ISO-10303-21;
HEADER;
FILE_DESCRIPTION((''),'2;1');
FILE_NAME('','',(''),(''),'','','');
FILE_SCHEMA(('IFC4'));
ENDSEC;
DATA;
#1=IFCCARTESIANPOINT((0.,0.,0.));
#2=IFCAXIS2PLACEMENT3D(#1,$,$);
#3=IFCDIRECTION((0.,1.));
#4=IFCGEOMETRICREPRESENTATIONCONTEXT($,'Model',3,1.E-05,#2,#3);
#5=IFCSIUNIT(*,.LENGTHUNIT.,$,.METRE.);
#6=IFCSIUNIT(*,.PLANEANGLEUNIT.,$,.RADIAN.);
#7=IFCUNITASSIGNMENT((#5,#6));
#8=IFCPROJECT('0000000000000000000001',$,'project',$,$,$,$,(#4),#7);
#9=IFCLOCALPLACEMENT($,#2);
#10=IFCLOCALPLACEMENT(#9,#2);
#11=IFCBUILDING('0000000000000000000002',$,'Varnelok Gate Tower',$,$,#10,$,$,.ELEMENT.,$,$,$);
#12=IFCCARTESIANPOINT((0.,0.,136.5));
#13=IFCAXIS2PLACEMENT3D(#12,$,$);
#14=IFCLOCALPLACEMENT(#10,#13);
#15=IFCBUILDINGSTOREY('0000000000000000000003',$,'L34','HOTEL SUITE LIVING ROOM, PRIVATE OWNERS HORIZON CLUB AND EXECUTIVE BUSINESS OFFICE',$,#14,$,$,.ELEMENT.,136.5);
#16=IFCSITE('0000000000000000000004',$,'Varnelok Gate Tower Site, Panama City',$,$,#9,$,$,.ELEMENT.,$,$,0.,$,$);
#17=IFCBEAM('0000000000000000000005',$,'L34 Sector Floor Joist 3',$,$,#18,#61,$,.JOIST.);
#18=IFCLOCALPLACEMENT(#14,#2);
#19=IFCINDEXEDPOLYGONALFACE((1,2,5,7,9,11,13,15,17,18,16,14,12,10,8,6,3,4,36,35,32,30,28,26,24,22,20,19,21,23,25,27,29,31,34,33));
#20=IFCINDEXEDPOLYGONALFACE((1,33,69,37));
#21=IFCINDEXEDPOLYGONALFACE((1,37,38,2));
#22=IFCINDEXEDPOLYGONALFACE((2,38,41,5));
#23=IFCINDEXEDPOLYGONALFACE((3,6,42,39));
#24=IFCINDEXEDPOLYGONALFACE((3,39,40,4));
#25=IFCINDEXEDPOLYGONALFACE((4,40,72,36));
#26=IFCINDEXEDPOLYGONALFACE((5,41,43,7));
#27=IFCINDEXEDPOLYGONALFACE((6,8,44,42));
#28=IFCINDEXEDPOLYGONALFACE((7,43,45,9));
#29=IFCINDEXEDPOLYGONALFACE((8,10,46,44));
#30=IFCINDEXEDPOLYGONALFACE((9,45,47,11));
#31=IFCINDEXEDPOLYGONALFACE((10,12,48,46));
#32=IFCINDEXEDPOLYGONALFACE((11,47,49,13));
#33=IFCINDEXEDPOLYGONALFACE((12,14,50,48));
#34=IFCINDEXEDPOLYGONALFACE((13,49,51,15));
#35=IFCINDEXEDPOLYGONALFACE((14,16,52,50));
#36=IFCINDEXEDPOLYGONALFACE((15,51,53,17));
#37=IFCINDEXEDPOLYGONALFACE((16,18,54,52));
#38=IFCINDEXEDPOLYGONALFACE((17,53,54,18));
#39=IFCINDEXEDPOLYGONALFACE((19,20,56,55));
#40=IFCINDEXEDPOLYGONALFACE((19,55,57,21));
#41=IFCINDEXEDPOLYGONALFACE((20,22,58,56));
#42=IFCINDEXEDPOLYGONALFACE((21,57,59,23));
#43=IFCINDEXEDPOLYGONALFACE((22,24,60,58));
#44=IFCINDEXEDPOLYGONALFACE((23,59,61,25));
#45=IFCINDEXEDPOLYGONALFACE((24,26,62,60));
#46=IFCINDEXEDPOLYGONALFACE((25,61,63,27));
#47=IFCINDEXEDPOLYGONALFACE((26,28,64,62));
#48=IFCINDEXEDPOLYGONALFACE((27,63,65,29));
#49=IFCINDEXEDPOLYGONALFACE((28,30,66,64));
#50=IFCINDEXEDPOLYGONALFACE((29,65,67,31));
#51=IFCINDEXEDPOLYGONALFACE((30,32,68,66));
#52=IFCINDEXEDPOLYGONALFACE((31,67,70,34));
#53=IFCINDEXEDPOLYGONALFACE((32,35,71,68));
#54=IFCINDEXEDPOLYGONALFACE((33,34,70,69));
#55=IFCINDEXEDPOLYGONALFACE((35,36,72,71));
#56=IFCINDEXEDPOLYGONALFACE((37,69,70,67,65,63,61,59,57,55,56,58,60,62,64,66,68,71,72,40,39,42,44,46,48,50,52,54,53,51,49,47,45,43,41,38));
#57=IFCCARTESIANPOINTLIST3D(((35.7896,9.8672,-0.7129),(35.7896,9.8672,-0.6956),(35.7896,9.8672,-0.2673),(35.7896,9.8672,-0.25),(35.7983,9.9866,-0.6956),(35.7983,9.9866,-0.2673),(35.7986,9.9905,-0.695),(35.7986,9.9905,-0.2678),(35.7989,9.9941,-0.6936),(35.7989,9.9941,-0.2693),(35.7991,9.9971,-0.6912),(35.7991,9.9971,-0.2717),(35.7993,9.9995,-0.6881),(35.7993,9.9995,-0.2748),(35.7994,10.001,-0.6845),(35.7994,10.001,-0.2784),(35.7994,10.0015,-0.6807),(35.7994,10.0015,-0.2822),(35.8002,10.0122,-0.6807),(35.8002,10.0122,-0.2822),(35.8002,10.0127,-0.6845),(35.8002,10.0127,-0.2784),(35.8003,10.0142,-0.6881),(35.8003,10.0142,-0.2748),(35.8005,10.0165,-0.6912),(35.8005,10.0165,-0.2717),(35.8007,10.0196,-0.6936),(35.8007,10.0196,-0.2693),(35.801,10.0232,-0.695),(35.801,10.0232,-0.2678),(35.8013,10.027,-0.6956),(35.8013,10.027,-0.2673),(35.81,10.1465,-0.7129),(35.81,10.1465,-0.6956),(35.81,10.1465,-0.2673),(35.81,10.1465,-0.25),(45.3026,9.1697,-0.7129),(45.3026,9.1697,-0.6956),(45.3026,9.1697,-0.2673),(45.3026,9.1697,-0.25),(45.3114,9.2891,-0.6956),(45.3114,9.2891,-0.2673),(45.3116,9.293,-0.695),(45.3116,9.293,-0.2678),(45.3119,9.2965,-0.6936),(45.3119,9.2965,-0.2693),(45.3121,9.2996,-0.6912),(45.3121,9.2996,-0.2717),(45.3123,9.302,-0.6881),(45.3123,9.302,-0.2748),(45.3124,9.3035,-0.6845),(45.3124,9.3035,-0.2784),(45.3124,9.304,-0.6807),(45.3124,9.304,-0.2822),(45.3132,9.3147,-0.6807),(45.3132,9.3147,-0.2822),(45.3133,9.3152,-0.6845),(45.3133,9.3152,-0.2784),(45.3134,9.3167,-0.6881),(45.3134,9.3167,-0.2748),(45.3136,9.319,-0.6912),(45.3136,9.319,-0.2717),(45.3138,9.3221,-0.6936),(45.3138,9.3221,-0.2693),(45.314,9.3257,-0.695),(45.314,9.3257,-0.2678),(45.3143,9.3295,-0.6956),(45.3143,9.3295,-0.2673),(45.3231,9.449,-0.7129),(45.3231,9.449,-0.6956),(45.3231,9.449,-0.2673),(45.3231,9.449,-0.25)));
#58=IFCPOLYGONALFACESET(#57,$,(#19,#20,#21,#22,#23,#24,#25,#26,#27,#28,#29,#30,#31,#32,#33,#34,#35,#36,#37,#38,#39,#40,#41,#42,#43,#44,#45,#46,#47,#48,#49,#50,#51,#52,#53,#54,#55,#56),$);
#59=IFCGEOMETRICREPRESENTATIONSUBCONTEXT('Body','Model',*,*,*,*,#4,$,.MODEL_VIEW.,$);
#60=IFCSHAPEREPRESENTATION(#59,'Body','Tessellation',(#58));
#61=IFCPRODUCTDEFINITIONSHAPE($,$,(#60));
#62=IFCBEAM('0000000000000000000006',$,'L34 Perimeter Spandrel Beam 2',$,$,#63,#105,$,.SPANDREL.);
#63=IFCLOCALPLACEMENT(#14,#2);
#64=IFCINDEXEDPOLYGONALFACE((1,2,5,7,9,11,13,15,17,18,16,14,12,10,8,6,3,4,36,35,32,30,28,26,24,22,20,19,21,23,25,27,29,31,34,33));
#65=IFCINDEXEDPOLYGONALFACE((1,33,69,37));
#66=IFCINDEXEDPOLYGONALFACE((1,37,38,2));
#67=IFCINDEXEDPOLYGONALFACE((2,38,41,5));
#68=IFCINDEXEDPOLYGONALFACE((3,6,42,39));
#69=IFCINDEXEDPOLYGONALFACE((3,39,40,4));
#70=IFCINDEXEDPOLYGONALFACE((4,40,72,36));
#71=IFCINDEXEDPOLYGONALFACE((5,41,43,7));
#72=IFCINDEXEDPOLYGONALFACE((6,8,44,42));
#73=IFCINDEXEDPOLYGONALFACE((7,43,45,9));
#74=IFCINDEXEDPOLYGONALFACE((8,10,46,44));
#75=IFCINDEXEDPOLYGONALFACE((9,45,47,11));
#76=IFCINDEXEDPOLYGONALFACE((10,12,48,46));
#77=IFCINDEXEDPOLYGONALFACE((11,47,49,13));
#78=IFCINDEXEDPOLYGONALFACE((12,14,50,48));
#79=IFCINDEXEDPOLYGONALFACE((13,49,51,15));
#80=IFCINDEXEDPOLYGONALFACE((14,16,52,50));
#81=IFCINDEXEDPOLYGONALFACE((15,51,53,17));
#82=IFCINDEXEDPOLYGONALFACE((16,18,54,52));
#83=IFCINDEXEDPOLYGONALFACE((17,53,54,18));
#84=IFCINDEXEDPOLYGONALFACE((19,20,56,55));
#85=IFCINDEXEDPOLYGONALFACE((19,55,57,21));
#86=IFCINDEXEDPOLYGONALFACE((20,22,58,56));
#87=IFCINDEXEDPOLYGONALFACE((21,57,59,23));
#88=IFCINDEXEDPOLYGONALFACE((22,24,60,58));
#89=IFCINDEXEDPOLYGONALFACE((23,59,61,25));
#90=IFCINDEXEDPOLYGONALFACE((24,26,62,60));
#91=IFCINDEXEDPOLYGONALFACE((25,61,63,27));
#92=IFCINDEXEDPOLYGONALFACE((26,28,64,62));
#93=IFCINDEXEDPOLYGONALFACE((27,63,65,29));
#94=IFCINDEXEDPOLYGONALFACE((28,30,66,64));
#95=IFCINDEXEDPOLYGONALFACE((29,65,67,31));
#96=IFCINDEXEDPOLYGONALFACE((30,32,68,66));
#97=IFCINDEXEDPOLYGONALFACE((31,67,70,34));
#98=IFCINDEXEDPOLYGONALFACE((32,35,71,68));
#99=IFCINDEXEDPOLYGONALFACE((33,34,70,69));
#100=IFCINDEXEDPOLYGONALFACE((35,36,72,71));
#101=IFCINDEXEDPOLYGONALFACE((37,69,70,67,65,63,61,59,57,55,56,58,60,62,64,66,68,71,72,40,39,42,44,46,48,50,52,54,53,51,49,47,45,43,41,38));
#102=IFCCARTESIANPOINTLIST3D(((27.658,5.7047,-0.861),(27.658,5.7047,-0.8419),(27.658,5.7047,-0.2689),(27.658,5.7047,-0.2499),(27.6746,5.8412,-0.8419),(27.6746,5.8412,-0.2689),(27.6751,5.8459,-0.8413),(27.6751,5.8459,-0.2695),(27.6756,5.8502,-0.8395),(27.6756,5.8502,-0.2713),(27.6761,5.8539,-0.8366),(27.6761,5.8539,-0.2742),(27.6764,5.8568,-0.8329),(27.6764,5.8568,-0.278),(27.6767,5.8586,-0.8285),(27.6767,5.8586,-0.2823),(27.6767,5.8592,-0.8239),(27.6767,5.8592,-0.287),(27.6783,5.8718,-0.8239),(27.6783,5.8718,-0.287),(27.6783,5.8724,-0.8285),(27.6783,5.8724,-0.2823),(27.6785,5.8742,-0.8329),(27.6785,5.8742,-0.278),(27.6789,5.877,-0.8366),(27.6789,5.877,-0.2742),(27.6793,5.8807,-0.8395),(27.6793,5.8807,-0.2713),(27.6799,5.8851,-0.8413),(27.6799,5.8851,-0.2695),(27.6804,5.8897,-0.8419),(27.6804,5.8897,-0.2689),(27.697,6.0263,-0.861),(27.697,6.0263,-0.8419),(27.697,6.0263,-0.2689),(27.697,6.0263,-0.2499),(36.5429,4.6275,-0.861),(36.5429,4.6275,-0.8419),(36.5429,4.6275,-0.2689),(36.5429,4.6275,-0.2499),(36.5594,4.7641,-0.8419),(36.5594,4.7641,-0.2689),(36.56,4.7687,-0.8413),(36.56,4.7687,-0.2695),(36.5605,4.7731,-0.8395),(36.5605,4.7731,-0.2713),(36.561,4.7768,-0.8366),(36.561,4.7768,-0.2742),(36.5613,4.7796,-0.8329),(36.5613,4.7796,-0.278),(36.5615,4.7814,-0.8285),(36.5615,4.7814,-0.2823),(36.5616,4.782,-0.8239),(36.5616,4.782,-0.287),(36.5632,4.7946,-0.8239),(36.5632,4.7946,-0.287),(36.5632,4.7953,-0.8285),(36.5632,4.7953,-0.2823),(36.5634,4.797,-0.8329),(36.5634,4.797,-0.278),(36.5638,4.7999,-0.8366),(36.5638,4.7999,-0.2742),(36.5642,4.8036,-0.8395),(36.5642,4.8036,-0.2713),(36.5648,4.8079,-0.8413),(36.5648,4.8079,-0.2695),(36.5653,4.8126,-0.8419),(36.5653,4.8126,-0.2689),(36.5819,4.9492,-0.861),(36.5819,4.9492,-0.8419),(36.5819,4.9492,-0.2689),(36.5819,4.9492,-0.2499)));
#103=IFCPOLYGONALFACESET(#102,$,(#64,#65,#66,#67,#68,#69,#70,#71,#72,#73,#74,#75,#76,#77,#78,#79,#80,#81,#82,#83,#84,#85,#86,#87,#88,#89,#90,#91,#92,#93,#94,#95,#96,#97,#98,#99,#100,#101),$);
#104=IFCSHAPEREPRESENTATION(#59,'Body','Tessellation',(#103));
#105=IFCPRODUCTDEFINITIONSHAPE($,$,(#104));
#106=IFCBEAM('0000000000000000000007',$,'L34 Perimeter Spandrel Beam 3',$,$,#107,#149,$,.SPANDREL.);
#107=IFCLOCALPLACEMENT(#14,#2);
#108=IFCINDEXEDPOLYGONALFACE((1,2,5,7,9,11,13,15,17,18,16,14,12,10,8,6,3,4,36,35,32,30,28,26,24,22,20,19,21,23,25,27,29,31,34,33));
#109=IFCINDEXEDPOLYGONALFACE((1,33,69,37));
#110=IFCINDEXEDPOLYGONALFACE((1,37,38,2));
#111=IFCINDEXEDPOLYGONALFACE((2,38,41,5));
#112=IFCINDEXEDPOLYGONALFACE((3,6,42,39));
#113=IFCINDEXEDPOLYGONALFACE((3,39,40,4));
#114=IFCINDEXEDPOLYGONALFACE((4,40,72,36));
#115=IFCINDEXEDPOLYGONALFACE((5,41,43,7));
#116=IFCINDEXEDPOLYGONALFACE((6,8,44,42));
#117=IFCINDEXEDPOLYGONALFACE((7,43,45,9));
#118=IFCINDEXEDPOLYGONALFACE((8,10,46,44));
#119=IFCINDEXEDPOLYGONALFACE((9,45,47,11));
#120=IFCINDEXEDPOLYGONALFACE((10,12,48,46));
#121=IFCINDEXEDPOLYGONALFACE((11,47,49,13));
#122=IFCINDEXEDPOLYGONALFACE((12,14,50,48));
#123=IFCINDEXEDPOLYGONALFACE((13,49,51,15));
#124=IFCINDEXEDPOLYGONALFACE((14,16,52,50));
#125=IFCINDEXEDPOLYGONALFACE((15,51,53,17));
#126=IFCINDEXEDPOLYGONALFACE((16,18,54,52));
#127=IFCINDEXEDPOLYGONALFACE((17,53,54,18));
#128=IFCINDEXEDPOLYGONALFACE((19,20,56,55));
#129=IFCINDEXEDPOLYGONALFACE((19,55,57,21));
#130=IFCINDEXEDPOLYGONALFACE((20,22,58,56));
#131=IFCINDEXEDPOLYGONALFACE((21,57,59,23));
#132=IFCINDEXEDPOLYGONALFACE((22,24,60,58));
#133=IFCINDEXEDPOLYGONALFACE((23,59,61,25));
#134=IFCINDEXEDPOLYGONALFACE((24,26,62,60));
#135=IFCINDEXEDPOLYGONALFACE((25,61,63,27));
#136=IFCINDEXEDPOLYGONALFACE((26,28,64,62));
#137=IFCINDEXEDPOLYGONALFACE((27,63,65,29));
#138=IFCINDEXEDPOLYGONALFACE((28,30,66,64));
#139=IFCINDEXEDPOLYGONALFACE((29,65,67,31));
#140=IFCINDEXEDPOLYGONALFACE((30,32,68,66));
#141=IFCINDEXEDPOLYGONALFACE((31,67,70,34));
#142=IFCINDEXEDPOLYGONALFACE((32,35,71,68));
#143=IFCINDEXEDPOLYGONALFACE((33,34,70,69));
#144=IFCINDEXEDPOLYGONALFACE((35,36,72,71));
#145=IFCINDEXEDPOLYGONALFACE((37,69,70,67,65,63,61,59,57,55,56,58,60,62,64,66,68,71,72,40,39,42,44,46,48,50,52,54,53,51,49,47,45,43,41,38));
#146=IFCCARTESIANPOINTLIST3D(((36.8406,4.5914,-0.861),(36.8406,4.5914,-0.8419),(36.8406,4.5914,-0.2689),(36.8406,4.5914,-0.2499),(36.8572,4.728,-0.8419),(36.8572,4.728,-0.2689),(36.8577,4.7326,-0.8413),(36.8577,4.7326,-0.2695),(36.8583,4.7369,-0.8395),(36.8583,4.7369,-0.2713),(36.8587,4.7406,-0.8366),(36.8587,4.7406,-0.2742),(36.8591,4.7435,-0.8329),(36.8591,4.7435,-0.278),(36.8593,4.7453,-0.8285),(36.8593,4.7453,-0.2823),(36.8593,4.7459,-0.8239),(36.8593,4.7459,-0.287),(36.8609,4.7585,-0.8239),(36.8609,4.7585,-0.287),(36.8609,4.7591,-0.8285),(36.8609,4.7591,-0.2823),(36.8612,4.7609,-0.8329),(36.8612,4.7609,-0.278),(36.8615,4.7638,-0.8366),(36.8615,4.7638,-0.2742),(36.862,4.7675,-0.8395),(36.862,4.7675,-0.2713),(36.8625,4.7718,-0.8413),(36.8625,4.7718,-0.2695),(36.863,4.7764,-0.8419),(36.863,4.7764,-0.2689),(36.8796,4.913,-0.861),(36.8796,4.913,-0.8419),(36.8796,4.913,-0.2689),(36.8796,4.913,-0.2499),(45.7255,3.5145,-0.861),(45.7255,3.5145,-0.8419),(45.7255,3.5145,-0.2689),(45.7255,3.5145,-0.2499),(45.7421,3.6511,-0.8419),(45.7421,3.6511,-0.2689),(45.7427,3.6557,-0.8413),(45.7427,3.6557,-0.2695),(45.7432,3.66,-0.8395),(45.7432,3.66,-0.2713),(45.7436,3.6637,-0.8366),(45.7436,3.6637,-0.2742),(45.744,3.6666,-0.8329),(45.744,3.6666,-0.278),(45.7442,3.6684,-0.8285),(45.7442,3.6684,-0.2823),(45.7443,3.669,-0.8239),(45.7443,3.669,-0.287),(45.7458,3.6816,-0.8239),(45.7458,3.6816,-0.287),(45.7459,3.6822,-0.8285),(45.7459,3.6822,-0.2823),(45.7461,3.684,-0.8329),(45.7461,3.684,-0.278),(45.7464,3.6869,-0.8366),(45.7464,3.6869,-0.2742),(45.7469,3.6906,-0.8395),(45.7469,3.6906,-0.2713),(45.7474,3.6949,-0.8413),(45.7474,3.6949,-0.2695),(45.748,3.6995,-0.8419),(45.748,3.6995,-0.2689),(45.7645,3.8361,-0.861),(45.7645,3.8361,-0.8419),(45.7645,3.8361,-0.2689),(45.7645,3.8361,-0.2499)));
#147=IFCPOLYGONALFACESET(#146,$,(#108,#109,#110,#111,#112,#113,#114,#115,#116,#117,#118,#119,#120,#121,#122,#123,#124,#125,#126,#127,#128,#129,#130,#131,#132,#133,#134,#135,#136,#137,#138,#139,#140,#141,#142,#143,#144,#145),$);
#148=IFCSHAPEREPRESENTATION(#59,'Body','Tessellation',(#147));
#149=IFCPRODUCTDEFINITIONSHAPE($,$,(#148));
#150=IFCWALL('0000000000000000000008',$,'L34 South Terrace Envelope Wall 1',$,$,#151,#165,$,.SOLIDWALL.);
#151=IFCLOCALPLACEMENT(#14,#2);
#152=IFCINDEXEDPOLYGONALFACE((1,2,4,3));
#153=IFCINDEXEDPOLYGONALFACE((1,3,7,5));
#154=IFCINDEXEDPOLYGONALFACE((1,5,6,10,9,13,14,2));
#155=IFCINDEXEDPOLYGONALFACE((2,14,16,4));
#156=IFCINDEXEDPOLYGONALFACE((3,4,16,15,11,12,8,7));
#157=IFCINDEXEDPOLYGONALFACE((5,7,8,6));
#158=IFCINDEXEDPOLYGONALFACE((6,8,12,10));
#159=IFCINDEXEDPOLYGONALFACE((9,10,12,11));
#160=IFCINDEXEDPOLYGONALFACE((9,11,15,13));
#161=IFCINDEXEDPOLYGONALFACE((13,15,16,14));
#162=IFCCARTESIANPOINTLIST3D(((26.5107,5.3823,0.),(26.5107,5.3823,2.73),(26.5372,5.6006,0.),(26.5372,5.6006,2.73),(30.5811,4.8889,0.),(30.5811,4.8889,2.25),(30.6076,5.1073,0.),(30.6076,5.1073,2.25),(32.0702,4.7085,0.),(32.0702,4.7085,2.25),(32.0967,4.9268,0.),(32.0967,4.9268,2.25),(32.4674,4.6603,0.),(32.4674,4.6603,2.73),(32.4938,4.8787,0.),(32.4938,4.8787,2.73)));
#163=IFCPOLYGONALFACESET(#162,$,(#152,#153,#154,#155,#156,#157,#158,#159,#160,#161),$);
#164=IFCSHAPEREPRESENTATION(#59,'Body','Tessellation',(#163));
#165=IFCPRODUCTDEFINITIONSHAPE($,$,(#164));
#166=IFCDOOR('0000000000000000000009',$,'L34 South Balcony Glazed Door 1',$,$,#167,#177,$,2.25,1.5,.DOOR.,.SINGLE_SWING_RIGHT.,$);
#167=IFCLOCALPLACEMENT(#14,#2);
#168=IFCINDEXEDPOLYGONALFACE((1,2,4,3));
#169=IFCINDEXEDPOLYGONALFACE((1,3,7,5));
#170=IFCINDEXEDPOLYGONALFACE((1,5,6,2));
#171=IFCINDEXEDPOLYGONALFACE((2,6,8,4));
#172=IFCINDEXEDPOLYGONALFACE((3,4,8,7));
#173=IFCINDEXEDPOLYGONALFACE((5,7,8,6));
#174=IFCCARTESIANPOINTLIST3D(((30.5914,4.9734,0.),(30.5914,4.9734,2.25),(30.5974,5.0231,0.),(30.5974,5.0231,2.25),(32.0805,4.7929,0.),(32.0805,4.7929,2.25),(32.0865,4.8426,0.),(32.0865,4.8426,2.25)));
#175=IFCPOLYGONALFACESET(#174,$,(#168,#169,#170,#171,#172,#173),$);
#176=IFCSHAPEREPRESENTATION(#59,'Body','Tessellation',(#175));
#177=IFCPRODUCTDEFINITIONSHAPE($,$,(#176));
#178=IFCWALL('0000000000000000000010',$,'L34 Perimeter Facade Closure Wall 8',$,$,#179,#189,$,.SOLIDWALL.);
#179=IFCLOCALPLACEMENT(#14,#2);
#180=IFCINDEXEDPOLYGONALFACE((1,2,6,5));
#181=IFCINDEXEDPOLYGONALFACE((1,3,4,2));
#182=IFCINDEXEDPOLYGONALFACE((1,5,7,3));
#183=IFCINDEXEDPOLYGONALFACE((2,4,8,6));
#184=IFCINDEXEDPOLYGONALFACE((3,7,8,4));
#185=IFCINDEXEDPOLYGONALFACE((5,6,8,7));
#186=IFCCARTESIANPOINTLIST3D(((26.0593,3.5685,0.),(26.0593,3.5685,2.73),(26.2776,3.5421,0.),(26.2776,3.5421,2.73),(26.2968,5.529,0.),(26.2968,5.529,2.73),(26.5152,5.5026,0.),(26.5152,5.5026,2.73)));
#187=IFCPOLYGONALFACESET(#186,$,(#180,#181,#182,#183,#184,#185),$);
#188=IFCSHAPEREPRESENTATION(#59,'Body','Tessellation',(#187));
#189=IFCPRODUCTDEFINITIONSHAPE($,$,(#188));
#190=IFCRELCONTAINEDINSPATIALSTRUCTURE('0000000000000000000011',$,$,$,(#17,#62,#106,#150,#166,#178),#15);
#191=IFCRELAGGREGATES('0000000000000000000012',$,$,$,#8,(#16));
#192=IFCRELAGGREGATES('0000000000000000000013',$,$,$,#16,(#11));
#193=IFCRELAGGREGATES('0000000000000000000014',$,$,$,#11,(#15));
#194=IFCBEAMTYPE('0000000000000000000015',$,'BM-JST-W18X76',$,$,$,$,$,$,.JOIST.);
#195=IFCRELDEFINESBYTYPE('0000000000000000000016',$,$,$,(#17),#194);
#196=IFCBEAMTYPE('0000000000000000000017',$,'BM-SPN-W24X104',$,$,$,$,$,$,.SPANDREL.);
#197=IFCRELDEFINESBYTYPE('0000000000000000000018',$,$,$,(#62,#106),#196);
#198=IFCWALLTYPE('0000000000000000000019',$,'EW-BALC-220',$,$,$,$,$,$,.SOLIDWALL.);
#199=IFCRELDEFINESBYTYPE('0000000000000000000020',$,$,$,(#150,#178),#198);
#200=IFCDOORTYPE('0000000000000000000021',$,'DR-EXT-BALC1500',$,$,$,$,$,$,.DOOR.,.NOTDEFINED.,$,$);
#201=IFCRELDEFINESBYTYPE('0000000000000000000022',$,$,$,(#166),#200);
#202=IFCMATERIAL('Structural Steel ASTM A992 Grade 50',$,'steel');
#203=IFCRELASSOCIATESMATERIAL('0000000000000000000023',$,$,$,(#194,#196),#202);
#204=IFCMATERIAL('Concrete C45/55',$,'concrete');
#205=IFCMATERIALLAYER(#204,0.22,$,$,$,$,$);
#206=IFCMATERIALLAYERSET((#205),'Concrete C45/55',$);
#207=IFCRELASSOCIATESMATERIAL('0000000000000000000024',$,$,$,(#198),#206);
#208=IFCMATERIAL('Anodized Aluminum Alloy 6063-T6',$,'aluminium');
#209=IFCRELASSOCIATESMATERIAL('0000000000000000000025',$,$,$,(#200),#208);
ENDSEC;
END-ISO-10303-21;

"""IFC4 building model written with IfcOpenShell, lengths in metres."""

from ifc_helpers import new_model, si_unit, direction, frame, frame_2d, origin, origin_2d, place, context, subcontext, project, spatial, rectangle, i_section, extrude, material, layer, layer_set, material_profile, profile_set, type_object, element, fill, save


model = new_model("IFC4")

# Units and contexts
model_context = context("Model", 3, precision=1e-05, world=origin(), true_north=direction((0.0, 1.0)))
body_context = subcontext(model_context, "Body", "Model", "MODEL_VIEW")
ifc_project = project(units=[si_unit("LENGTHUNIT", "METRE"), si_unit("PLANEANGLEUNIT", "RADIAN")], contexts=[model_context])

# Site, building, storey
site_placement = place(None, origin())
site = spatial("IfcSite", under=ifc_project, at=site_placement, Name="Varnelok Gate Tower Site, Panama City", CompositionType="ELEMENT", RefElevation=0.0)
building_placement = place(site_placement, origin())
building = spatial("IfcBuilding", under=site, at=building_placement, Name="Varnelok Gate Tower", CompositionType="ELEMENT")
storey_placement = place(building_placement, frame((0.0, 0.0, 136.5)))
storey = spatial("IfcBuildingStorey", under=building, at=storey_placement, Name="L34", Description="HOTEL SUITE LIVING ROOM, PRIVATE OWNERS HORIZON CLUB AND EXECUTIVE BUSINESS OFFICE", CompositionType="ELEMENT", Elevation=136.5)

# Shared definitions
ifc_material_1 = material(Name="Structural Steel ASTM A992 Grade 50", Category="steel")

# Beams
ifc_material_profile_1 = material_profile(ifc_material_1, i_section(OverallWidth=0.28, OverallDepth=0.4629, WebThickness=0.0107, FlangeThickness=0.0173, FilletRadius=0.0149, at=origin_2d()), Name="W18X76")
ifc_profile_set_1 = profile_set([ifc_material_profile_1], Name="Structural Steel ASTM A992 Grade 50")
beam_type_1 = type_object("IfcBeamType", Name="BM-JST-W18X76", PredefinedType="JOIST", material=ifc_profile_set_1)
beam_1_placement = place(storey_placement, frame((35.7998, 10.0068, -0.4814), z_axis=(0.997323, -0.073126, 0.0), x_axis=(0.073126, 0.997323, 0.0)))
element("IfcBeam", 1, at=beam_1_placement, inside=storey, type_object=beam_type_1, Name="L34 Sector Floor Joist 3", PredefinedType="JOIST", context=body_context, shape_type="SweptSolid", body=[
    extrude(i_section(OverallWidth=0.28, OverallDepth=0.4629, WebThickness=0.0107, FlangeThickness=0.0173, FilletRadius=0.0149, at=origin_2d()), origin(), (0.0, 0.0, 1.0), 9.5386),
])
ifc_material_profile_2 = material_profile(ifc_material_1, i_section(OverallWidth=0.324, OverallDepth=0.6111, WebThickness=0.0127, FlangeThickness=0.019, FilletRadius=0.0181, at=origin_2d()), Name="W24X104")
ifc_profile_set_2 = profile_set([ifc_material_profile_2], Name="Structural Steel ASTM A992 Grade 50")
beam_type_2 = type_object("IfcBeamType", Name="BM-SPN-W24X104", PredefinedType="SPANDREL", material=ifc_profile_set_2)
for number, where, z_axis, x_axis, name in (
    (2, (27.6775, 5.8655, -0.5554), (0.992731, -0.120351, 0.0), (0.120351, 0.992731, 0.0), "L34 Perimeter Spandrel Beam 2"),
    (3, (36.8601, 4.7522, -0.5554), (0.992735, -0.120324, 0.0), (0.120324, 0.992735, 0.0), "L34 Perimeter Spandrel Beam 3"),
):
    element("IfcBeam", number, at=place(storey_placement, frame(where, z_axis=z_axis, x_axis=x_axis)), inside=storey, type_object=beam_type_2, Name=name, PredefinedType="SPANDREL", context=body_context, shape_type="SweptSolid", body=[
        extrude(i_section(OverallWidth=0.324, OverallDepth=0.6111, WebThickness=0.0127, FlangeThickness=0.019, FilletRadius=0.0181, at=origin_2d()), origin(), (0.0, 0.0, 1.0), 8.95),
    ])

# Wall, opening, door
ifc_material_2 = material(Name="Concrete C45/55", Category="concrete")
ifc_layer_1 = layer(ifc_material_2, 0.22)
ifc_layer_set_1 = layer_set([ifc_layer_1], Name="Concrete C45/55")
wall_type_1 = type_object("IfcWallType", Name="EW-BALC-220", PredefinedType="SOLIDWALL", material=ifc_layer_set_1)
wall_1_placement = place(storey_placement, frame((32.4805, 4.7695, 0.0), z_axis=(0.0, 0.0, 1.0), x_axis=(-0.992735, 0.120318, 0.0)))
wall_1 = element("IfcWall", 4, at=wall_1_placement, inside=storey, type_object=wall_type_1, Name="L34 South Terrace Envelope Wall 1", PredefinedType="SOLIDWALL", context=body_context, shape_type="SweptSolid", body=[
    extrude(rectangle(XDim=6.0002, YDim=0.22, at=frame_2d((3.0, 0.0))), origin(), (0.0, 0.0, 1.0), 2.73),
])
opening_1_placement = place(wall_1_placement, frame((0.3999, 0.0, 0.0)))
opening_1 = element("IfcOpeningElement", 5, at=opening_1_placement, cuts=wall_1, PredefinedType="OPENING", context=body_context, shape_type="SweptSolid", body=[
    extrude(rectangle(XDim=1.5, YDim=2.25, at=frame_2d((0.75, 1.125))), frame((0.0, 0.1199, 0.0), z_axis=(0.0, -1.0, 0.0), x_axis=(1.0, 0.0, 0.0)), (0.0, 0.0, 1.0), 0.24),
])
ifc_material_3 = material(Name="Anodized Aluminum Alloy 6063-T6", Category="aluminium")
door_type_1 = type_object("IfcDoorType", Name="DR-EXT-BALC1500", OperationType="NOTDEFINED", PredefinedType="DOOR", material=ifc_material_3)
door_1_placement = place(opening_1_placement, origin())
door_1 = element("IfcDoor", 6, at=door_1_placement, inside=storey, type_object=door_type_1, Name="L34 South Balcony Glazed Door 1", OperationType="SINGLE_SWING_RIGHT", OverallHeight=2.25, OverallWidth=1.5, PredefinedType="DOOR", context=body_context, shape_type="SweptSolid", body=[
    extrude(rectangle(XDim=1.5, YDim=2.25, at=frame_2d((0.75, 1.125))), frame((0.0, 0.0249, 0.0), z_axis=(0.0, -1.0, 0.0), x_axis=(1.0, 0.0, 0.0)), (0.0, 0.0, 1.0), 0.05),
])
fill(opening_1, door_1)

# Wall
wall_2_placement = place(storey_placement, frame((26.1685, 3.5554, 0.0), z_axis=(0.0, 0.0, 1.0), x_axis=(0.120291, 0.992739, 0.0)))
element("IfcWall", 7, at=wall_2_placement, inside=storey, type_object=wall_type_1, Name="L34 Perimeter Facade Closure Wall 8", PredefinedType="SOLIDWALL", context=body_context, shape_type="SweptSolid", body=[
    extrude(rectangle(XDim=1.9749, YDim=0.22, at=frame_2d((0.9873, 0.0))), origin(), (0.0, 0.0, 1.0), 2.73),
])

save(model, "model.ifc")
